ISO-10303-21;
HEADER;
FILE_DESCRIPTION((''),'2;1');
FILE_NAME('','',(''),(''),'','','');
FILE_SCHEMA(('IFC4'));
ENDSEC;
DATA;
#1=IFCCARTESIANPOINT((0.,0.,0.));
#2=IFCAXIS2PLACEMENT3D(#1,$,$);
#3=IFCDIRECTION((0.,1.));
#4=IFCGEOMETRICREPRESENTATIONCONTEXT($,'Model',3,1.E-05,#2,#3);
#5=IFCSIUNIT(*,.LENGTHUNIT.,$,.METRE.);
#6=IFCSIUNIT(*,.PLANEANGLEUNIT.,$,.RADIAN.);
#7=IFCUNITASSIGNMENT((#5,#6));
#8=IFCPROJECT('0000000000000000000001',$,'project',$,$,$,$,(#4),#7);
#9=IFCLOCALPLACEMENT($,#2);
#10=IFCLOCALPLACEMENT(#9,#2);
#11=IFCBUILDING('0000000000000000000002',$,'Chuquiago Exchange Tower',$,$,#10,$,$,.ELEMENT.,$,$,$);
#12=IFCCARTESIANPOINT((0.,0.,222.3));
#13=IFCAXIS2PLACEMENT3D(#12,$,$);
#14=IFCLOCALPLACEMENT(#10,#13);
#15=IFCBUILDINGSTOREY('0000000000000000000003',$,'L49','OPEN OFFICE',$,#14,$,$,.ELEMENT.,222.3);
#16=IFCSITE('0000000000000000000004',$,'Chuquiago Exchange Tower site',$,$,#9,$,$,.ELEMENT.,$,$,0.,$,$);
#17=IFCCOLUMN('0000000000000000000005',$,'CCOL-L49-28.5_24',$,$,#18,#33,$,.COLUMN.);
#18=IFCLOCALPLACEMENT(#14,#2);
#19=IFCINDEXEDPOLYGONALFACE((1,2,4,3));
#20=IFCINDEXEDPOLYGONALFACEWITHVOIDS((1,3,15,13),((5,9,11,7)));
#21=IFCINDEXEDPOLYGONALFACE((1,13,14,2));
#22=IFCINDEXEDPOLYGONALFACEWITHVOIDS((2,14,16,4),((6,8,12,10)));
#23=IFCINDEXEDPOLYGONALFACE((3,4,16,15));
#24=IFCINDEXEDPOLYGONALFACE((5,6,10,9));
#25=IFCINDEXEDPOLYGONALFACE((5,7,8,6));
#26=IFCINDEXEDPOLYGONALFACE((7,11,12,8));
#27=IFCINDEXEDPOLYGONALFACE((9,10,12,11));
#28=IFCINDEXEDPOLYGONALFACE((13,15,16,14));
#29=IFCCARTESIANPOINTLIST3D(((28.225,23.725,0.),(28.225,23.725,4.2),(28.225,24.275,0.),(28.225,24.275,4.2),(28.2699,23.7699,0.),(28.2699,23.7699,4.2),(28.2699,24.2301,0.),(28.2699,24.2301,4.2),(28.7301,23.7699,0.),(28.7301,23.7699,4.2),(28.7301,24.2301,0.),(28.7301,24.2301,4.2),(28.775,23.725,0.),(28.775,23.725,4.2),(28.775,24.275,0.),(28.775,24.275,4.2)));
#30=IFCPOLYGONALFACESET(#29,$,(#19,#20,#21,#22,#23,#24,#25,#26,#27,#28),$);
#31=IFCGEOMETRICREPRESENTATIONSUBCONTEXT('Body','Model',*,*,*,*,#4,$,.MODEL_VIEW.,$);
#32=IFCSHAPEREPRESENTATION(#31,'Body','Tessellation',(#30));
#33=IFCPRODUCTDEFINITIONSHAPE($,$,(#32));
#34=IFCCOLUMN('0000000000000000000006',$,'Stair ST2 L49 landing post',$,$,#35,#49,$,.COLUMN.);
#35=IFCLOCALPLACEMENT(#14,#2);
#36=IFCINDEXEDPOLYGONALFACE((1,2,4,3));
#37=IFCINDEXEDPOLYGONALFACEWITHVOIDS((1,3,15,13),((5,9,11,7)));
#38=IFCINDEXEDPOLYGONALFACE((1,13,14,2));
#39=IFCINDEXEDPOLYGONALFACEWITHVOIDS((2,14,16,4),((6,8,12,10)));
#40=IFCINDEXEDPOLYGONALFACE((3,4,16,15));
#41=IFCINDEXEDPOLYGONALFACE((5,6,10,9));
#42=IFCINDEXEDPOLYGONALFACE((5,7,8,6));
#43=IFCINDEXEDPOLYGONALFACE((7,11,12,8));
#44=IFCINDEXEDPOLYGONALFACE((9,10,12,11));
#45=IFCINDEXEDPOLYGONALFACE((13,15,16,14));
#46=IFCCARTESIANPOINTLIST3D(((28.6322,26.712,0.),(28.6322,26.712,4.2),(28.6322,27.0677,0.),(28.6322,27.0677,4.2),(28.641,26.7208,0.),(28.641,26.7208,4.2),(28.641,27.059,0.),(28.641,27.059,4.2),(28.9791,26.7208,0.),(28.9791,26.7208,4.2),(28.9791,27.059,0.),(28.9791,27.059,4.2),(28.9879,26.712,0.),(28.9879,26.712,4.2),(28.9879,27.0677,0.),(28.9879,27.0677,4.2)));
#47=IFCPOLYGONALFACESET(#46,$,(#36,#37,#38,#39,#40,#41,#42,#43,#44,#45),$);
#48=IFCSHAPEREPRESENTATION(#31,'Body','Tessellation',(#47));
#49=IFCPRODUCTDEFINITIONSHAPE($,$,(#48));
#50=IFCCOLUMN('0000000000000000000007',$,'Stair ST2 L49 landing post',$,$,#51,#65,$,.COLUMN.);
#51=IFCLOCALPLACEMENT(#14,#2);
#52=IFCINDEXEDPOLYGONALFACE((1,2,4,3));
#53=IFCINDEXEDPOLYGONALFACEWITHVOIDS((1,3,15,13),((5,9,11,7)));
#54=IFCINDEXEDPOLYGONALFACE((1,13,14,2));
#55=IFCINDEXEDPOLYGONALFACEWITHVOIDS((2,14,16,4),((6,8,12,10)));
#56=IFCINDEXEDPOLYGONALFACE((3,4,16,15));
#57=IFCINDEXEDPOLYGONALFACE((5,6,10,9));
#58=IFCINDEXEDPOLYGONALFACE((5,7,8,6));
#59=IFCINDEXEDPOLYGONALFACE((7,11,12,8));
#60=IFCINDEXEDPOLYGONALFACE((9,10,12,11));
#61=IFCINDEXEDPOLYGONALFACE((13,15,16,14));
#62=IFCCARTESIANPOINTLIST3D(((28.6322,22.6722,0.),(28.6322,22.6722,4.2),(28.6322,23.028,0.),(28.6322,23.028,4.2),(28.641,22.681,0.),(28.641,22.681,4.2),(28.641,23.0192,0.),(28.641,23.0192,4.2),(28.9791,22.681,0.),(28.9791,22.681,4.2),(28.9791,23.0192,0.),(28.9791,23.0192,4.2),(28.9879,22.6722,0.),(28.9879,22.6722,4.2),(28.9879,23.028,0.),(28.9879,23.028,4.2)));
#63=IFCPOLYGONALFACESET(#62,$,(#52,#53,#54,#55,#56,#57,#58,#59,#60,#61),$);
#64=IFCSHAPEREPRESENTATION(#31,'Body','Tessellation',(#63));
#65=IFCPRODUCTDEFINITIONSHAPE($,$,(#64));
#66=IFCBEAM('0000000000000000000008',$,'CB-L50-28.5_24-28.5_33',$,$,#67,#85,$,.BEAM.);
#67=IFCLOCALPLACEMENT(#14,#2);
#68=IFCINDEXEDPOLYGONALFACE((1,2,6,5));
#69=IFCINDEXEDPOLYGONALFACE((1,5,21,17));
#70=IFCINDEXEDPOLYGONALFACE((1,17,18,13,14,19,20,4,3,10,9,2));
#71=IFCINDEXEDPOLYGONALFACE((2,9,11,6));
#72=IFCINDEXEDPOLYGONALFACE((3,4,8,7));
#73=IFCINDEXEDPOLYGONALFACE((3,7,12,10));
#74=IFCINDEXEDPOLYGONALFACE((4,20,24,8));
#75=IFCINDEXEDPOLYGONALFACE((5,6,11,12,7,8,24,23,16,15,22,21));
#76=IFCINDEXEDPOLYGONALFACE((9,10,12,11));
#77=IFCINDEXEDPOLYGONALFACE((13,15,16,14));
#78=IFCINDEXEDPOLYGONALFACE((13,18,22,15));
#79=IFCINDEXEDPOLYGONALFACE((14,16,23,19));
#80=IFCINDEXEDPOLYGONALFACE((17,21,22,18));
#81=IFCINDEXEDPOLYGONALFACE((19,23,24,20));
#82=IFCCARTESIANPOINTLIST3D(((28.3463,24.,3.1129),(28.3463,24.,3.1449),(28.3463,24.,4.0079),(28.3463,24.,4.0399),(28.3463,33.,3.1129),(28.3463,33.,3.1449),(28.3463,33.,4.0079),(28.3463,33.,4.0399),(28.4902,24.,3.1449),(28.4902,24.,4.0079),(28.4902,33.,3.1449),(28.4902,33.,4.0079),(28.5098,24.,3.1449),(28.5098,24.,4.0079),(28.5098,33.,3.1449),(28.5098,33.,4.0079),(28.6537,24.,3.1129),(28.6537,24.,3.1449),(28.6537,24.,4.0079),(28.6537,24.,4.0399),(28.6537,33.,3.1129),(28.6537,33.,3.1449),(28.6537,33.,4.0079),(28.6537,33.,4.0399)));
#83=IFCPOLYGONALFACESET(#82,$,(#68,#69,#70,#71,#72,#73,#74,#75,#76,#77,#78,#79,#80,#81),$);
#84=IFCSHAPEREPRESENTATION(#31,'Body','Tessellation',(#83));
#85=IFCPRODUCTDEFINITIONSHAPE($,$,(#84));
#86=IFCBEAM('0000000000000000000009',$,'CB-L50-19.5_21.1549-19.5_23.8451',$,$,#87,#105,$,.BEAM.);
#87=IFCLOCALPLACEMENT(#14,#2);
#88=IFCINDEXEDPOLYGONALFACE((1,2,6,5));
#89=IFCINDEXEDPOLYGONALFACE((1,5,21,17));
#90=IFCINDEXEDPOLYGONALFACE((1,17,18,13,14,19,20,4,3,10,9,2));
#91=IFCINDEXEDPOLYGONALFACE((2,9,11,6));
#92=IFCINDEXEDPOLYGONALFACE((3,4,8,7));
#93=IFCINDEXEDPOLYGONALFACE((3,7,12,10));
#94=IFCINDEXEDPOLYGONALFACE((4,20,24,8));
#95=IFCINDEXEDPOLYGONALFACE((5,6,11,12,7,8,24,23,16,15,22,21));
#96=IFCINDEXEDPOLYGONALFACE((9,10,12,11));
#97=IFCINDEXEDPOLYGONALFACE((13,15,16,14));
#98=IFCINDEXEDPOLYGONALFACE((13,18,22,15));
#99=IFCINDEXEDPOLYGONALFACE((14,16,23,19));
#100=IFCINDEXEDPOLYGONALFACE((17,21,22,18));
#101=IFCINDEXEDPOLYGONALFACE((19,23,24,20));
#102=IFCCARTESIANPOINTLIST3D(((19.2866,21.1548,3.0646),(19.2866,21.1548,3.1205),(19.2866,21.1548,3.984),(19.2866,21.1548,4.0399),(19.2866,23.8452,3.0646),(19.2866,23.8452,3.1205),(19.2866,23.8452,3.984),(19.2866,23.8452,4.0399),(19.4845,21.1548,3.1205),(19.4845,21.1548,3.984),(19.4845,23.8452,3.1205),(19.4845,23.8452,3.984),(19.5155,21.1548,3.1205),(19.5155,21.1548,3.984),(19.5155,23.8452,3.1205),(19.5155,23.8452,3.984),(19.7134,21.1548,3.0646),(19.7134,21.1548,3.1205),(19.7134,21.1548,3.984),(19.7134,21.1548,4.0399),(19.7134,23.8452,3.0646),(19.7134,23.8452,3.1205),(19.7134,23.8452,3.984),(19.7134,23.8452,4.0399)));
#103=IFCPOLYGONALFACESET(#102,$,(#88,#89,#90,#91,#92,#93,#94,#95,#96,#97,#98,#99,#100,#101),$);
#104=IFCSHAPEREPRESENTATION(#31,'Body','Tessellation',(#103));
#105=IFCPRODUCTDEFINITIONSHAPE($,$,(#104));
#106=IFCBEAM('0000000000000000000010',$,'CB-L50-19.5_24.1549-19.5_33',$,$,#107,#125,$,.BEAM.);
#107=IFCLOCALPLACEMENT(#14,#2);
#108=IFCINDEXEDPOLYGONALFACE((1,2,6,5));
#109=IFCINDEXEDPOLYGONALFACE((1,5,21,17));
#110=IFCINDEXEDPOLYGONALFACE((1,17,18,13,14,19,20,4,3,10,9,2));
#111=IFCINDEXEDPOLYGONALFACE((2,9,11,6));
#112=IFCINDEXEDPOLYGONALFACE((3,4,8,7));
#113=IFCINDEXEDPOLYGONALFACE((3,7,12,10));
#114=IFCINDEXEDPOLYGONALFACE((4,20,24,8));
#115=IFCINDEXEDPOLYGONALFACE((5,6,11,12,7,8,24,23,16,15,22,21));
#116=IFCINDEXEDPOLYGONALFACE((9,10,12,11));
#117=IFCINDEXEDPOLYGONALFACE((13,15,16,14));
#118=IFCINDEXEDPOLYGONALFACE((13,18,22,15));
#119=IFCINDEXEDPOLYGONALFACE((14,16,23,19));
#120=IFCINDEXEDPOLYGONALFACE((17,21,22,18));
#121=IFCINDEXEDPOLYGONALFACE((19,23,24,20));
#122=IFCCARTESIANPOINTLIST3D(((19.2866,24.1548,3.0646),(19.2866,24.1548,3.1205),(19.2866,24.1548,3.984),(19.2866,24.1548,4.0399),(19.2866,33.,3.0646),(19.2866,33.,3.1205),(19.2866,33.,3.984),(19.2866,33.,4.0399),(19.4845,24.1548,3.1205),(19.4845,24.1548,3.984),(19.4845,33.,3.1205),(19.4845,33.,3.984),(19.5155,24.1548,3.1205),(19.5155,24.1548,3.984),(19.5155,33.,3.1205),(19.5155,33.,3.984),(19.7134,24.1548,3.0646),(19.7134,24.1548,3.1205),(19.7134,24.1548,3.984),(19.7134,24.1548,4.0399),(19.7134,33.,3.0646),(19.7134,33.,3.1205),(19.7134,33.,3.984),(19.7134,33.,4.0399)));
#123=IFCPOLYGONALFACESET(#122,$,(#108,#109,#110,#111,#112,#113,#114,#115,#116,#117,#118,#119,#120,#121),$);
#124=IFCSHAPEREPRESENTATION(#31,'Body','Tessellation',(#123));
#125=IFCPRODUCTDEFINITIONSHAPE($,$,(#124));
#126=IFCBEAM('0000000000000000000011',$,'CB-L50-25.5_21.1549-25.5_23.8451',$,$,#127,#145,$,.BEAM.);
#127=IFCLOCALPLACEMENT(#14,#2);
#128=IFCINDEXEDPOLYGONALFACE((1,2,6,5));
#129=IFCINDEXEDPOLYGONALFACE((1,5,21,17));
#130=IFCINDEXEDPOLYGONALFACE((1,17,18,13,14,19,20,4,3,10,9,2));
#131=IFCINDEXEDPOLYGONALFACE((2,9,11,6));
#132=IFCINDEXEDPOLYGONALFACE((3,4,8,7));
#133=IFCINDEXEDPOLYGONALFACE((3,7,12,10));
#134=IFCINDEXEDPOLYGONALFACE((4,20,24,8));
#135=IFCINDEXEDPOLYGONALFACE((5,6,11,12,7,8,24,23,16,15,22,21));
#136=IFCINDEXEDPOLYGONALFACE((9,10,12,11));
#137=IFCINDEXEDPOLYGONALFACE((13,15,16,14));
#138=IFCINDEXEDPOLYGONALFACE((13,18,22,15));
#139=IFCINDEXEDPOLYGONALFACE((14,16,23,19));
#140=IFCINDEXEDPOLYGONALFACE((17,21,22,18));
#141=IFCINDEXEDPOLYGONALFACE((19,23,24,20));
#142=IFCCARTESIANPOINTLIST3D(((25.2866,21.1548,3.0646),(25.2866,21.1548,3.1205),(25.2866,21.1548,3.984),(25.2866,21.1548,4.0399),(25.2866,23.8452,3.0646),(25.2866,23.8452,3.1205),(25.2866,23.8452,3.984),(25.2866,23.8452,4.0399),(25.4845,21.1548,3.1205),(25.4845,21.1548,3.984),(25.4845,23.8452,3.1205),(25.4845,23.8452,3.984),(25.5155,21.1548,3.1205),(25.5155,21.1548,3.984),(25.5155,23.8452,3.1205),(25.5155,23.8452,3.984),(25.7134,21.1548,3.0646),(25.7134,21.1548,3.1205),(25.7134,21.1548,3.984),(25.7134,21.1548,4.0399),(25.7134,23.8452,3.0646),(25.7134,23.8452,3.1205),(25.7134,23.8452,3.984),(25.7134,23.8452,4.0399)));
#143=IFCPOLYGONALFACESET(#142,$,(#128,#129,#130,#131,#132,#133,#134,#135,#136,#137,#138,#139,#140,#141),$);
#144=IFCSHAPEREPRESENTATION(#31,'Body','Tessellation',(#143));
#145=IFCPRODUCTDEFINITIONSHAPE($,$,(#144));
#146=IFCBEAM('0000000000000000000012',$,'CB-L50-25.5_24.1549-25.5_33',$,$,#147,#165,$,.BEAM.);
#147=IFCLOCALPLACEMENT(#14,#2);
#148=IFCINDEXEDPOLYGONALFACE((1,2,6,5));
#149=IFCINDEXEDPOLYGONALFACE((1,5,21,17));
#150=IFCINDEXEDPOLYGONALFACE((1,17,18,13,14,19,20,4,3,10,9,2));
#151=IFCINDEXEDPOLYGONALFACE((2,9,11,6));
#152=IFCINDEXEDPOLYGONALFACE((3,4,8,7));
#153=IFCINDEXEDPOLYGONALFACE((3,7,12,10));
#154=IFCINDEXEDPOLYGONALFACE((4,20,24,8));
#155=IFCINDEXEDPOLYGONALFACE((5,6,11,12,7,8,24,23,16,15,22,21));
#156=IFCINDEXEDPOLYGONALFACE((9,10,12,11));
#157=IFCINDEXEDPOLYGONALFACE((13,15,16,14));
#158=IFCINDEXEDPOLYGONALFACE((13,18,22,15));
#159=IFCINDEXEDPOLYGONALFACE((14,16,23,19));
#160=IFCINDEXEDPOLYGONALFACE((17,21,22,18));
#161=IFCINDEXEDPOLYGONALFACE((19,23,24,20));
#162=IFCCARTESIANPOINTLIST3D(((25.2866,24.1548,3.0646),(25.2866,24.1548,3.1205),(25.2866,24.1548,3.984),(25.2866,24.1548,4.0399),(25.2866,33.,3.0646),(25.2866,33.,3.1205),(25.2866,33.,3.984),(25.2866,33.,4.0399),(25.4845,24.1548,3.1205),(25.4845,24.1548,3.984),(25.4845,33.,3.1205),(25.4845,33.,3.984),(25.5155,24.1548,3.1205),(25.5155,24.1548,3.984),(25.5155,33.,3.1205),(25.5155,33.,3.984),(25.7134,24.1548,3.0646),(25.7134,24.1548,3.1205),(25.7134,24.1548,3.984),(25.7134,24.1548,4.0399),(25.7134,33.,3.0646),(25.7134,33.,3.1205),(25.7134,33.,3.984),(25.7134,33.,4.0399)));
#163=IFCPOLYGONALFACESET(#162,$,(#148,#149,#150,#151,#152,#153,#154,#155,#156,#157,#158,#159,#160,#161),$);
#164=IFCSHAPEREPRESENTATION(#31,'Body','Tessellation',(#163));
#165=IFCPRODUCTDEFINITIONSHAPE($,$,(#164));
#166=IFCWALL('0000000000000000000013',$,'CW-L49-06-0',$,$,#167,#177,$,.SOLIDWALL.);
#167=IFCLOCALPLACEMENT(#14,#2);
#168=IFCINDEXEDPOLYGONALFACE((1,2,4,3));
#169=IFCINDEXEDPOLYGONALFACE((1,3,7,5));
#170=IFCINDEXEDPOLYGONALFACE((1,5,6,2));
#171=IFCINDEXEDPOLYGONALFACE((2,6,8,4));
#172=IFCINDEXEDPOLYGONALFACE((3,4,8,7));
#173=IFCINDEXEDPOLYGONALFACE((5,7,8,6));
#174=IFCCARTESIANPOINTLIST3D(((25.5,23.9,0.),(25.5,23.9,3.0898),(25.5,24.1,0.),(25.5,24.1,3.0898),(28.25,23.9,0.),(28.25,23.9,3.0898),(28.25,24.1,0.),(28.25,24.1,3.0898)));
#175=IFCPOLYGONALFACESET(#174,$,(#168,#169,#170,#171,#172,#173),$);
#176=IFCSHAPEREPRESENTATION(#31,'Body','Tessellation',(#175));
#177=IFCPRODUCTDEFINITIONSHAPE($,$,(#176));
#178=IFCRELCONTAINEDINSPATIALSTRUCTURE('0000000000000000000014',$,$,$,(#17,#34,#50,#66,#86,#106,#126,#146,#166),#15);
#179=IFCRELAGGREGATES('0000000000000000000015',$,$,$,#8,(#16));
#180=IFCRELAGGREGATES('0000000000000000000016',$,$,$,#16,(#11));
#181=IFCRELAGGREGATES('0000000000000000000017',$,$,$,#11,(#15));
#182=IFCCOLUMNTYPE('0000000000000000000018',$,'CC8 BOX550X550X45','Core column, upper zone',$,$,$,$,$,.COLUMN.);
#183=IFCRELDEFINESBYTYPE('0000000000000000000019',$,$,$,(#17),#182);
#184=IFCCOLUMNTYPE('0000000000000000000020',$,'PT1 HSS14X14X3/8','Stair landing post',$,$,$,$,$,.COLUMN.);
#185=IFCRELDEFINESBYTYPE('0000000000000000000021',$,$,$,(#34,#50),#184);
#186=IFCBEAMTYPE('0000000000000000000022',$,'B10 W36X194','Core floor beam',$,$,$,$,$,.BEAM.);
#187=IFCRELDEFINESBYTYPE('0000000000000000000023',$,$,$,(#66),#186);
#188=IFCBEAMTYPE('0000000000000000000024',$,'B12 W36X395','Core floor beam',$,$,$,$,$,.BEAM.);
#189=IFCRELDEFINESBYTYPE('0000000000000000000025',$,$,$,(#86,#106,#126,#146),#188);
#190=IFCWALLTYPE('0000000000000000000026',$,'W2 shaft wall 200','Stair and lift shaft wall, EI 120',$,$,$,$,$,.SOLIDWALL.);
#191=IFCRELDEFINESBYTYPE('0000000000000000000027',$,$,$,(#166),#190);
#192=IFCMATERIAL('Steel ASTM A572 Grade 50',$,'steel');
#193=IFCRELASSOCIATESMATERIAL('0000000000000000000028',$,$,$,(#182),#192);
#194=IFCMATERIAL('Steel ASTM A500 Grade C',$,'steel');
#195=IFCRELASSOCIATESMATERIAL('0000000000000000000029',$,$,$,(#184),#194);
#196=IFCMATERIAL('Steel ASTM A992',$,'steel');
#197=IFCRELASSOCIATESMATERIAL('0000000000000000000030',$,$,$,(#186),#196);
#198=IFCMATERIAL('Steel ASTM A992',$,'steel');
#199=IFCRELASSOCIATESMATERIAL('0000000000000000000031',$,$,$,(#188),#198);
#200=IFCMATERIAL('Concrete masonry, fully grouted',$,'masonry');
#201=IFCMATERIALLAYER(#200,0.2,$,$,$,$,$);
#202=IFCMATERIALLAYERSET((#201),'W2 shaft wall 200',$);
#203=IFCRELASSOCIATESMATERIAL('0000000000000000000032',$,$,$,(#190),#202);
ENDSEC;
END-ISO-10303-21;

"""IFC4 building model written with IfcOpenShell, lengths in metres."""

from ifc_helpers import new_model, si_unit, direction, frame, frame_2d, origin, origin_2d, place, context, subcontext, project, spatial, rectangle, hollow_rectangle, i_section, extrude, material, layer, layer_set, material_profile, profile_set, type_object, element, save


model = new_model("IFC4")

# Units and contexts
model_context = context("Model", 3, precision=1e-05, world=origin(), true_north=direction((0.0, 1.0)))
body_context = subcontext(model_context, "Body", "Model", "MODEL_VIEW")
ifc_project = project(units=[si_unit("LENGTHUNIT", "METRE"), si_unit("PLANEANGLEUNIT", "RADIAN")], contexts=[model_context])

# Site, building, storey
site_placement = place(None, origin())
site = spatial("IfcSite", under=ifc_project, at=site_placement, Name="Chuquiago Exchange Tower site", CompositionType="ELEMENT", RefElevation=0.0)
building_placement = place(site_placement, origin())
building = spatial("IfcBuilding", under=site, at=building_placement, Name="Chuquiago Exchange Tower", CompositionType="ELEMENT")
storey_placement = place(building_placement, frame((0.0, 0.0, 222.3)))
storey = spatial("IfcBuildingStorey", under=building, at=storey_placement, Name="L49", Description="OPEN OFFICE", CompositionType="ELEMENT", Elevation=222.3)

# Columns
ifc_material_1 = material(Name="Steel ASTM A572 Grade 50", Category="steel")
ifc_material_profile_1 = material_profile(ifc_material_1, hollow_rectangle(XDim=0.55, YDim=0.55, WallThickness=0.0449, at=origin_2d()), Name="BOX550X550X45")
ifc_profile_set_1 = profile_set([ifc_material_profile_1], Name="Steel ASTM A572 Grade 50")
column_type_1 = type_object("IfcColumnType", Name="CC8 BOX550X550X45", Description="Core column, upper zone", PredefinedType="COLUMN", material=ifc_profile_set_1)
column_placement = place(storey_placement, frame((28.5, 24.0, 0.0), z_axis=(0.0, 0.0, 1.0), x_axis=(1.0, 0.0, 0.0)))
element("IfcColumn", 1, at=column_placement, inside=storey, type_object=column_type_1, Name="CCOL-L49-28.5_24", PredefinedType="COLUMN", context=body_context, shape_type="SweptSolid", body=[
    extrude(hollow_rectangle(XDim=0.55, YDim=0.55, WallThickness=0.0449, at=origin_2d()), origin(), (0.0, 0.0, 1.0), 4.2),
])
ifc_material_2 = material(Name="Steel ASTM A500 Grade C", Category="steel")
ifc_material_profile_2 = material_profile(ifc_material_2, hollow_rectangle(XDim=0.3557, YDim=0.3557, WallThickness=0.0088, at=origin_2d()), Name="HSS14X14X3/8")
ifc_profile_set_2 = profile_set([ifc_material_profile_2], Name="Steel ASTM A500 Grade C")
column_type_2 = type_object("IfcColumnType", Name="PT1 HSS14X14X3/8", Description="Stair landing post", PredefinedType="COLUMN", material=ifc_profile_set_2)
for number, where, z_axis, x_axis, name in (
    (2, (28.8101, 26.8899, 0.0), (0.0, 0.0, 1.0), (1.0, 0.0, 0.0), "Stair ST2 L49 landing post"),
    (3, (28.8101, 22.8501, 0.0), (0.0, 0.0, 1.0), (1.0, 0.0, 0.0), "Stair ST2 L49 landing post"),
):
    element("IfcColumn", number, at=place(storey_placement, frame(where, z_axis=z_axis, x_axis=x_axis)), inside=storey, type_object=column_type_2, Name=name, PredefinedType="COLUMN", context=body_context, shape_type="SweptSolid", body=[
        extrude(hollow_rectangle(XDim=0.3557, YDim=0.3557, WallThickness=0.0088, at=origin_2d()), origin(), (0.0, 0.0, 1.0), 4.2),
    ])

# Beams
ifc_material_3 = material(Name="Steel ASTM A992", Category="steel")
ifc_material_profile_3 = material_profile(ifc_material_3, i_section(OverallWidth=0.3074, OverallDepth=0.927, WebThickness=0.0195, FlangeThickness=0.032, at=origin_2d()), Name="W36X194")
ifc_profile_set_3 = profile_set([ifc_material_profile_3], Name="Steel ASTM A992")
beam_type_1 = type_object("IfcBeamType", Name="B10 W36X194", Description="Core floor beam", PredefinedType="BEAM", material=ifc_profile_set_3)
beam_1_placement = place(storey_placement, frame((28.5, 24.0, 3.5764), z_axis=(0.0, 1.0, 0.0), x_axis=(-1.0, 0.0, 0.0)))
element("IfcBeam", 4, at=beam_1_placement, inside=storey, type_object=beam_type_1, Name="CB-L50-28.5_24-28.5_33", PredefinedType="BEAM", context=body_context, shape_type="SweptSolid", body=[
    extrude(i_section(OverallWidth=0.3074, OverallDepth=0.927, WebThickness=0.0195, FlangeThickness=0.032, at=origin_2d()), origin(), (0.0, 0.0, 1.0), 9.0),
])
ifc_material_4 = material(Name="Steel ASTM A992", Category="steel")
ifc_material_profile_4 = material_profile(ifc_material_4, i_section(OverallWidth=0.4268, OverallDepth=0.9753, WebThickness=0.031, FlangeThickness=0.0559, at=origin_2d()), Name="W36X395")
ifc_profile_set_4 = profile_set([ifc_material_profile_4], Name="Steel ASTM A992")
beam_type_2 = type_object("IfcBeamType", Name="B12 W36X395", Description="Core floor beam", PredefinedType="BEAM", material=ifc_profile_set_4)
beam_2_placement = place(storey_placement, frame((19.5, 21.1548, 3.5522), z_axis=(0.0, 1.0, 0.0), x_axis=(-1.0, 0.0, 0.0)))
element("IfcBeam", 5, at=beam_2_placement, inside=storey, type_object=beam_type_2, Name="CB-L50-19.5_21.1549-19.5_23.8451", PredefinedType="BEAM", context=body_context, shape_type="SweptSolid", body=[
    extrude(i_section(OverallWidth=0.4268, OverallDepth=0.9753, WebThickness=0.031, FlangeThickness=0.0559, at=origin_2d()), origin(), (0.0, 0.0, 1.0), 2.6904),
])
beam_3_placement = place(storey_placement, frame((19.5, 24.1548, 3.5522), z_axis=(0.0, 1.0, 0.0), x_axis=(-1.0, 0.0, 0.0)))
element("IfcBeam", 6, at=beam_3_placement, inside=storey, type_object=beam_type_2, Name="CB-L50-19.5_24.1549-19.5_33", PredefinedType="BEAM", context=body_context, shape_type="SweptSolid", body=[
    extrude(i_section(OverallWidth=0.4268, OverallDepth=0.9753, WebThickness=0.031, FlangeThickness=0.0559, at=origin_2d()), origin(), (0.0, 0.0, 1.0), 8.8452),
])
beam_4_placement = place(storey_placement, frame((25.5, 21.1548, 3.5522), z_axis=(0.0, 1.0, 0.0), x_axis=(-1.0, 0.0, 0.0)))
element("IfcBeam", 7, at=beam_4_placement, inside=storey, type_object=beam_type_2, Name="CB-L50-25.5_21.1549-25.5_23.8451", PredefinedType="BEAM", context=body_context, shape_type="SweptSolid", body=[
    extrude(i_section(OverallWidth=0.4268, OverallDepth=0.9753, WebThickness=0.031, FlangeThickness=0.0559, at=origin_2d()), origin(), (0.0, 0.0, 1.0), 2.6904),
])
beam_5_placement = place(storey_placement, frame((25.5, 24.1548, 3.5522), z_axis=(0.0, 1.0, 0.0), x_axis=(-1.0, 0.0, 0.0)))
element("IfcBeam", 8, at=beam_5_placement, inside=storey, type_object=beam_type_2, Name="CB-L50-25.5_24.1549-25.5_33", PredefinedType="BEAM", context=body_context, shape_type="SweptSolid", body=[
    extrude(i_section(OverallWidth=0.4268, OverallDepth=0.9753, WebThickness=0.031, FlangeThickness=0.0559, at=origin_2d()), origin(), (0.0, 0.0, 1.0), 8.8452),
])

# Wall
ifc_material_5 = material(Name="Concrete masonry, fully grouted", Category="masonry")
ifc_layer = layer(ifc_material_5, 0.2)
ifc_layer_set = layer_set([ifc_layer], Name="W2 shaft wall 200")
wall_type = type_object("IfcWallType", Name="W2 shaft wall 200", Description="Stair and lift shaft wall, EI 120", PredefinedType="SOLIDWALL", material=ifc_layer_set)
wall_1_placement = place(storey_placement, frame((25.5, 24.0, 0.0), z_axis=(0.0, 0.0, 1.0), x_axis=(1.0, 0.0, 0.0)))
element("IfcWall", 9, at=wall_1_placement, inside=storey, type_object=wall_type, Name="CW-L49-06-0", PredefinedType="SOLIDWALL", context=body_context, shape_type="SweptSolid", body=[
    extrude(rectangle(XDim=2.75, YDim=0.2, at=frame_2d((1.375, 0.0))), origin(), (0.0, 0.0, 1.0), 3.0898),
])

save(model, "model.ifc")
